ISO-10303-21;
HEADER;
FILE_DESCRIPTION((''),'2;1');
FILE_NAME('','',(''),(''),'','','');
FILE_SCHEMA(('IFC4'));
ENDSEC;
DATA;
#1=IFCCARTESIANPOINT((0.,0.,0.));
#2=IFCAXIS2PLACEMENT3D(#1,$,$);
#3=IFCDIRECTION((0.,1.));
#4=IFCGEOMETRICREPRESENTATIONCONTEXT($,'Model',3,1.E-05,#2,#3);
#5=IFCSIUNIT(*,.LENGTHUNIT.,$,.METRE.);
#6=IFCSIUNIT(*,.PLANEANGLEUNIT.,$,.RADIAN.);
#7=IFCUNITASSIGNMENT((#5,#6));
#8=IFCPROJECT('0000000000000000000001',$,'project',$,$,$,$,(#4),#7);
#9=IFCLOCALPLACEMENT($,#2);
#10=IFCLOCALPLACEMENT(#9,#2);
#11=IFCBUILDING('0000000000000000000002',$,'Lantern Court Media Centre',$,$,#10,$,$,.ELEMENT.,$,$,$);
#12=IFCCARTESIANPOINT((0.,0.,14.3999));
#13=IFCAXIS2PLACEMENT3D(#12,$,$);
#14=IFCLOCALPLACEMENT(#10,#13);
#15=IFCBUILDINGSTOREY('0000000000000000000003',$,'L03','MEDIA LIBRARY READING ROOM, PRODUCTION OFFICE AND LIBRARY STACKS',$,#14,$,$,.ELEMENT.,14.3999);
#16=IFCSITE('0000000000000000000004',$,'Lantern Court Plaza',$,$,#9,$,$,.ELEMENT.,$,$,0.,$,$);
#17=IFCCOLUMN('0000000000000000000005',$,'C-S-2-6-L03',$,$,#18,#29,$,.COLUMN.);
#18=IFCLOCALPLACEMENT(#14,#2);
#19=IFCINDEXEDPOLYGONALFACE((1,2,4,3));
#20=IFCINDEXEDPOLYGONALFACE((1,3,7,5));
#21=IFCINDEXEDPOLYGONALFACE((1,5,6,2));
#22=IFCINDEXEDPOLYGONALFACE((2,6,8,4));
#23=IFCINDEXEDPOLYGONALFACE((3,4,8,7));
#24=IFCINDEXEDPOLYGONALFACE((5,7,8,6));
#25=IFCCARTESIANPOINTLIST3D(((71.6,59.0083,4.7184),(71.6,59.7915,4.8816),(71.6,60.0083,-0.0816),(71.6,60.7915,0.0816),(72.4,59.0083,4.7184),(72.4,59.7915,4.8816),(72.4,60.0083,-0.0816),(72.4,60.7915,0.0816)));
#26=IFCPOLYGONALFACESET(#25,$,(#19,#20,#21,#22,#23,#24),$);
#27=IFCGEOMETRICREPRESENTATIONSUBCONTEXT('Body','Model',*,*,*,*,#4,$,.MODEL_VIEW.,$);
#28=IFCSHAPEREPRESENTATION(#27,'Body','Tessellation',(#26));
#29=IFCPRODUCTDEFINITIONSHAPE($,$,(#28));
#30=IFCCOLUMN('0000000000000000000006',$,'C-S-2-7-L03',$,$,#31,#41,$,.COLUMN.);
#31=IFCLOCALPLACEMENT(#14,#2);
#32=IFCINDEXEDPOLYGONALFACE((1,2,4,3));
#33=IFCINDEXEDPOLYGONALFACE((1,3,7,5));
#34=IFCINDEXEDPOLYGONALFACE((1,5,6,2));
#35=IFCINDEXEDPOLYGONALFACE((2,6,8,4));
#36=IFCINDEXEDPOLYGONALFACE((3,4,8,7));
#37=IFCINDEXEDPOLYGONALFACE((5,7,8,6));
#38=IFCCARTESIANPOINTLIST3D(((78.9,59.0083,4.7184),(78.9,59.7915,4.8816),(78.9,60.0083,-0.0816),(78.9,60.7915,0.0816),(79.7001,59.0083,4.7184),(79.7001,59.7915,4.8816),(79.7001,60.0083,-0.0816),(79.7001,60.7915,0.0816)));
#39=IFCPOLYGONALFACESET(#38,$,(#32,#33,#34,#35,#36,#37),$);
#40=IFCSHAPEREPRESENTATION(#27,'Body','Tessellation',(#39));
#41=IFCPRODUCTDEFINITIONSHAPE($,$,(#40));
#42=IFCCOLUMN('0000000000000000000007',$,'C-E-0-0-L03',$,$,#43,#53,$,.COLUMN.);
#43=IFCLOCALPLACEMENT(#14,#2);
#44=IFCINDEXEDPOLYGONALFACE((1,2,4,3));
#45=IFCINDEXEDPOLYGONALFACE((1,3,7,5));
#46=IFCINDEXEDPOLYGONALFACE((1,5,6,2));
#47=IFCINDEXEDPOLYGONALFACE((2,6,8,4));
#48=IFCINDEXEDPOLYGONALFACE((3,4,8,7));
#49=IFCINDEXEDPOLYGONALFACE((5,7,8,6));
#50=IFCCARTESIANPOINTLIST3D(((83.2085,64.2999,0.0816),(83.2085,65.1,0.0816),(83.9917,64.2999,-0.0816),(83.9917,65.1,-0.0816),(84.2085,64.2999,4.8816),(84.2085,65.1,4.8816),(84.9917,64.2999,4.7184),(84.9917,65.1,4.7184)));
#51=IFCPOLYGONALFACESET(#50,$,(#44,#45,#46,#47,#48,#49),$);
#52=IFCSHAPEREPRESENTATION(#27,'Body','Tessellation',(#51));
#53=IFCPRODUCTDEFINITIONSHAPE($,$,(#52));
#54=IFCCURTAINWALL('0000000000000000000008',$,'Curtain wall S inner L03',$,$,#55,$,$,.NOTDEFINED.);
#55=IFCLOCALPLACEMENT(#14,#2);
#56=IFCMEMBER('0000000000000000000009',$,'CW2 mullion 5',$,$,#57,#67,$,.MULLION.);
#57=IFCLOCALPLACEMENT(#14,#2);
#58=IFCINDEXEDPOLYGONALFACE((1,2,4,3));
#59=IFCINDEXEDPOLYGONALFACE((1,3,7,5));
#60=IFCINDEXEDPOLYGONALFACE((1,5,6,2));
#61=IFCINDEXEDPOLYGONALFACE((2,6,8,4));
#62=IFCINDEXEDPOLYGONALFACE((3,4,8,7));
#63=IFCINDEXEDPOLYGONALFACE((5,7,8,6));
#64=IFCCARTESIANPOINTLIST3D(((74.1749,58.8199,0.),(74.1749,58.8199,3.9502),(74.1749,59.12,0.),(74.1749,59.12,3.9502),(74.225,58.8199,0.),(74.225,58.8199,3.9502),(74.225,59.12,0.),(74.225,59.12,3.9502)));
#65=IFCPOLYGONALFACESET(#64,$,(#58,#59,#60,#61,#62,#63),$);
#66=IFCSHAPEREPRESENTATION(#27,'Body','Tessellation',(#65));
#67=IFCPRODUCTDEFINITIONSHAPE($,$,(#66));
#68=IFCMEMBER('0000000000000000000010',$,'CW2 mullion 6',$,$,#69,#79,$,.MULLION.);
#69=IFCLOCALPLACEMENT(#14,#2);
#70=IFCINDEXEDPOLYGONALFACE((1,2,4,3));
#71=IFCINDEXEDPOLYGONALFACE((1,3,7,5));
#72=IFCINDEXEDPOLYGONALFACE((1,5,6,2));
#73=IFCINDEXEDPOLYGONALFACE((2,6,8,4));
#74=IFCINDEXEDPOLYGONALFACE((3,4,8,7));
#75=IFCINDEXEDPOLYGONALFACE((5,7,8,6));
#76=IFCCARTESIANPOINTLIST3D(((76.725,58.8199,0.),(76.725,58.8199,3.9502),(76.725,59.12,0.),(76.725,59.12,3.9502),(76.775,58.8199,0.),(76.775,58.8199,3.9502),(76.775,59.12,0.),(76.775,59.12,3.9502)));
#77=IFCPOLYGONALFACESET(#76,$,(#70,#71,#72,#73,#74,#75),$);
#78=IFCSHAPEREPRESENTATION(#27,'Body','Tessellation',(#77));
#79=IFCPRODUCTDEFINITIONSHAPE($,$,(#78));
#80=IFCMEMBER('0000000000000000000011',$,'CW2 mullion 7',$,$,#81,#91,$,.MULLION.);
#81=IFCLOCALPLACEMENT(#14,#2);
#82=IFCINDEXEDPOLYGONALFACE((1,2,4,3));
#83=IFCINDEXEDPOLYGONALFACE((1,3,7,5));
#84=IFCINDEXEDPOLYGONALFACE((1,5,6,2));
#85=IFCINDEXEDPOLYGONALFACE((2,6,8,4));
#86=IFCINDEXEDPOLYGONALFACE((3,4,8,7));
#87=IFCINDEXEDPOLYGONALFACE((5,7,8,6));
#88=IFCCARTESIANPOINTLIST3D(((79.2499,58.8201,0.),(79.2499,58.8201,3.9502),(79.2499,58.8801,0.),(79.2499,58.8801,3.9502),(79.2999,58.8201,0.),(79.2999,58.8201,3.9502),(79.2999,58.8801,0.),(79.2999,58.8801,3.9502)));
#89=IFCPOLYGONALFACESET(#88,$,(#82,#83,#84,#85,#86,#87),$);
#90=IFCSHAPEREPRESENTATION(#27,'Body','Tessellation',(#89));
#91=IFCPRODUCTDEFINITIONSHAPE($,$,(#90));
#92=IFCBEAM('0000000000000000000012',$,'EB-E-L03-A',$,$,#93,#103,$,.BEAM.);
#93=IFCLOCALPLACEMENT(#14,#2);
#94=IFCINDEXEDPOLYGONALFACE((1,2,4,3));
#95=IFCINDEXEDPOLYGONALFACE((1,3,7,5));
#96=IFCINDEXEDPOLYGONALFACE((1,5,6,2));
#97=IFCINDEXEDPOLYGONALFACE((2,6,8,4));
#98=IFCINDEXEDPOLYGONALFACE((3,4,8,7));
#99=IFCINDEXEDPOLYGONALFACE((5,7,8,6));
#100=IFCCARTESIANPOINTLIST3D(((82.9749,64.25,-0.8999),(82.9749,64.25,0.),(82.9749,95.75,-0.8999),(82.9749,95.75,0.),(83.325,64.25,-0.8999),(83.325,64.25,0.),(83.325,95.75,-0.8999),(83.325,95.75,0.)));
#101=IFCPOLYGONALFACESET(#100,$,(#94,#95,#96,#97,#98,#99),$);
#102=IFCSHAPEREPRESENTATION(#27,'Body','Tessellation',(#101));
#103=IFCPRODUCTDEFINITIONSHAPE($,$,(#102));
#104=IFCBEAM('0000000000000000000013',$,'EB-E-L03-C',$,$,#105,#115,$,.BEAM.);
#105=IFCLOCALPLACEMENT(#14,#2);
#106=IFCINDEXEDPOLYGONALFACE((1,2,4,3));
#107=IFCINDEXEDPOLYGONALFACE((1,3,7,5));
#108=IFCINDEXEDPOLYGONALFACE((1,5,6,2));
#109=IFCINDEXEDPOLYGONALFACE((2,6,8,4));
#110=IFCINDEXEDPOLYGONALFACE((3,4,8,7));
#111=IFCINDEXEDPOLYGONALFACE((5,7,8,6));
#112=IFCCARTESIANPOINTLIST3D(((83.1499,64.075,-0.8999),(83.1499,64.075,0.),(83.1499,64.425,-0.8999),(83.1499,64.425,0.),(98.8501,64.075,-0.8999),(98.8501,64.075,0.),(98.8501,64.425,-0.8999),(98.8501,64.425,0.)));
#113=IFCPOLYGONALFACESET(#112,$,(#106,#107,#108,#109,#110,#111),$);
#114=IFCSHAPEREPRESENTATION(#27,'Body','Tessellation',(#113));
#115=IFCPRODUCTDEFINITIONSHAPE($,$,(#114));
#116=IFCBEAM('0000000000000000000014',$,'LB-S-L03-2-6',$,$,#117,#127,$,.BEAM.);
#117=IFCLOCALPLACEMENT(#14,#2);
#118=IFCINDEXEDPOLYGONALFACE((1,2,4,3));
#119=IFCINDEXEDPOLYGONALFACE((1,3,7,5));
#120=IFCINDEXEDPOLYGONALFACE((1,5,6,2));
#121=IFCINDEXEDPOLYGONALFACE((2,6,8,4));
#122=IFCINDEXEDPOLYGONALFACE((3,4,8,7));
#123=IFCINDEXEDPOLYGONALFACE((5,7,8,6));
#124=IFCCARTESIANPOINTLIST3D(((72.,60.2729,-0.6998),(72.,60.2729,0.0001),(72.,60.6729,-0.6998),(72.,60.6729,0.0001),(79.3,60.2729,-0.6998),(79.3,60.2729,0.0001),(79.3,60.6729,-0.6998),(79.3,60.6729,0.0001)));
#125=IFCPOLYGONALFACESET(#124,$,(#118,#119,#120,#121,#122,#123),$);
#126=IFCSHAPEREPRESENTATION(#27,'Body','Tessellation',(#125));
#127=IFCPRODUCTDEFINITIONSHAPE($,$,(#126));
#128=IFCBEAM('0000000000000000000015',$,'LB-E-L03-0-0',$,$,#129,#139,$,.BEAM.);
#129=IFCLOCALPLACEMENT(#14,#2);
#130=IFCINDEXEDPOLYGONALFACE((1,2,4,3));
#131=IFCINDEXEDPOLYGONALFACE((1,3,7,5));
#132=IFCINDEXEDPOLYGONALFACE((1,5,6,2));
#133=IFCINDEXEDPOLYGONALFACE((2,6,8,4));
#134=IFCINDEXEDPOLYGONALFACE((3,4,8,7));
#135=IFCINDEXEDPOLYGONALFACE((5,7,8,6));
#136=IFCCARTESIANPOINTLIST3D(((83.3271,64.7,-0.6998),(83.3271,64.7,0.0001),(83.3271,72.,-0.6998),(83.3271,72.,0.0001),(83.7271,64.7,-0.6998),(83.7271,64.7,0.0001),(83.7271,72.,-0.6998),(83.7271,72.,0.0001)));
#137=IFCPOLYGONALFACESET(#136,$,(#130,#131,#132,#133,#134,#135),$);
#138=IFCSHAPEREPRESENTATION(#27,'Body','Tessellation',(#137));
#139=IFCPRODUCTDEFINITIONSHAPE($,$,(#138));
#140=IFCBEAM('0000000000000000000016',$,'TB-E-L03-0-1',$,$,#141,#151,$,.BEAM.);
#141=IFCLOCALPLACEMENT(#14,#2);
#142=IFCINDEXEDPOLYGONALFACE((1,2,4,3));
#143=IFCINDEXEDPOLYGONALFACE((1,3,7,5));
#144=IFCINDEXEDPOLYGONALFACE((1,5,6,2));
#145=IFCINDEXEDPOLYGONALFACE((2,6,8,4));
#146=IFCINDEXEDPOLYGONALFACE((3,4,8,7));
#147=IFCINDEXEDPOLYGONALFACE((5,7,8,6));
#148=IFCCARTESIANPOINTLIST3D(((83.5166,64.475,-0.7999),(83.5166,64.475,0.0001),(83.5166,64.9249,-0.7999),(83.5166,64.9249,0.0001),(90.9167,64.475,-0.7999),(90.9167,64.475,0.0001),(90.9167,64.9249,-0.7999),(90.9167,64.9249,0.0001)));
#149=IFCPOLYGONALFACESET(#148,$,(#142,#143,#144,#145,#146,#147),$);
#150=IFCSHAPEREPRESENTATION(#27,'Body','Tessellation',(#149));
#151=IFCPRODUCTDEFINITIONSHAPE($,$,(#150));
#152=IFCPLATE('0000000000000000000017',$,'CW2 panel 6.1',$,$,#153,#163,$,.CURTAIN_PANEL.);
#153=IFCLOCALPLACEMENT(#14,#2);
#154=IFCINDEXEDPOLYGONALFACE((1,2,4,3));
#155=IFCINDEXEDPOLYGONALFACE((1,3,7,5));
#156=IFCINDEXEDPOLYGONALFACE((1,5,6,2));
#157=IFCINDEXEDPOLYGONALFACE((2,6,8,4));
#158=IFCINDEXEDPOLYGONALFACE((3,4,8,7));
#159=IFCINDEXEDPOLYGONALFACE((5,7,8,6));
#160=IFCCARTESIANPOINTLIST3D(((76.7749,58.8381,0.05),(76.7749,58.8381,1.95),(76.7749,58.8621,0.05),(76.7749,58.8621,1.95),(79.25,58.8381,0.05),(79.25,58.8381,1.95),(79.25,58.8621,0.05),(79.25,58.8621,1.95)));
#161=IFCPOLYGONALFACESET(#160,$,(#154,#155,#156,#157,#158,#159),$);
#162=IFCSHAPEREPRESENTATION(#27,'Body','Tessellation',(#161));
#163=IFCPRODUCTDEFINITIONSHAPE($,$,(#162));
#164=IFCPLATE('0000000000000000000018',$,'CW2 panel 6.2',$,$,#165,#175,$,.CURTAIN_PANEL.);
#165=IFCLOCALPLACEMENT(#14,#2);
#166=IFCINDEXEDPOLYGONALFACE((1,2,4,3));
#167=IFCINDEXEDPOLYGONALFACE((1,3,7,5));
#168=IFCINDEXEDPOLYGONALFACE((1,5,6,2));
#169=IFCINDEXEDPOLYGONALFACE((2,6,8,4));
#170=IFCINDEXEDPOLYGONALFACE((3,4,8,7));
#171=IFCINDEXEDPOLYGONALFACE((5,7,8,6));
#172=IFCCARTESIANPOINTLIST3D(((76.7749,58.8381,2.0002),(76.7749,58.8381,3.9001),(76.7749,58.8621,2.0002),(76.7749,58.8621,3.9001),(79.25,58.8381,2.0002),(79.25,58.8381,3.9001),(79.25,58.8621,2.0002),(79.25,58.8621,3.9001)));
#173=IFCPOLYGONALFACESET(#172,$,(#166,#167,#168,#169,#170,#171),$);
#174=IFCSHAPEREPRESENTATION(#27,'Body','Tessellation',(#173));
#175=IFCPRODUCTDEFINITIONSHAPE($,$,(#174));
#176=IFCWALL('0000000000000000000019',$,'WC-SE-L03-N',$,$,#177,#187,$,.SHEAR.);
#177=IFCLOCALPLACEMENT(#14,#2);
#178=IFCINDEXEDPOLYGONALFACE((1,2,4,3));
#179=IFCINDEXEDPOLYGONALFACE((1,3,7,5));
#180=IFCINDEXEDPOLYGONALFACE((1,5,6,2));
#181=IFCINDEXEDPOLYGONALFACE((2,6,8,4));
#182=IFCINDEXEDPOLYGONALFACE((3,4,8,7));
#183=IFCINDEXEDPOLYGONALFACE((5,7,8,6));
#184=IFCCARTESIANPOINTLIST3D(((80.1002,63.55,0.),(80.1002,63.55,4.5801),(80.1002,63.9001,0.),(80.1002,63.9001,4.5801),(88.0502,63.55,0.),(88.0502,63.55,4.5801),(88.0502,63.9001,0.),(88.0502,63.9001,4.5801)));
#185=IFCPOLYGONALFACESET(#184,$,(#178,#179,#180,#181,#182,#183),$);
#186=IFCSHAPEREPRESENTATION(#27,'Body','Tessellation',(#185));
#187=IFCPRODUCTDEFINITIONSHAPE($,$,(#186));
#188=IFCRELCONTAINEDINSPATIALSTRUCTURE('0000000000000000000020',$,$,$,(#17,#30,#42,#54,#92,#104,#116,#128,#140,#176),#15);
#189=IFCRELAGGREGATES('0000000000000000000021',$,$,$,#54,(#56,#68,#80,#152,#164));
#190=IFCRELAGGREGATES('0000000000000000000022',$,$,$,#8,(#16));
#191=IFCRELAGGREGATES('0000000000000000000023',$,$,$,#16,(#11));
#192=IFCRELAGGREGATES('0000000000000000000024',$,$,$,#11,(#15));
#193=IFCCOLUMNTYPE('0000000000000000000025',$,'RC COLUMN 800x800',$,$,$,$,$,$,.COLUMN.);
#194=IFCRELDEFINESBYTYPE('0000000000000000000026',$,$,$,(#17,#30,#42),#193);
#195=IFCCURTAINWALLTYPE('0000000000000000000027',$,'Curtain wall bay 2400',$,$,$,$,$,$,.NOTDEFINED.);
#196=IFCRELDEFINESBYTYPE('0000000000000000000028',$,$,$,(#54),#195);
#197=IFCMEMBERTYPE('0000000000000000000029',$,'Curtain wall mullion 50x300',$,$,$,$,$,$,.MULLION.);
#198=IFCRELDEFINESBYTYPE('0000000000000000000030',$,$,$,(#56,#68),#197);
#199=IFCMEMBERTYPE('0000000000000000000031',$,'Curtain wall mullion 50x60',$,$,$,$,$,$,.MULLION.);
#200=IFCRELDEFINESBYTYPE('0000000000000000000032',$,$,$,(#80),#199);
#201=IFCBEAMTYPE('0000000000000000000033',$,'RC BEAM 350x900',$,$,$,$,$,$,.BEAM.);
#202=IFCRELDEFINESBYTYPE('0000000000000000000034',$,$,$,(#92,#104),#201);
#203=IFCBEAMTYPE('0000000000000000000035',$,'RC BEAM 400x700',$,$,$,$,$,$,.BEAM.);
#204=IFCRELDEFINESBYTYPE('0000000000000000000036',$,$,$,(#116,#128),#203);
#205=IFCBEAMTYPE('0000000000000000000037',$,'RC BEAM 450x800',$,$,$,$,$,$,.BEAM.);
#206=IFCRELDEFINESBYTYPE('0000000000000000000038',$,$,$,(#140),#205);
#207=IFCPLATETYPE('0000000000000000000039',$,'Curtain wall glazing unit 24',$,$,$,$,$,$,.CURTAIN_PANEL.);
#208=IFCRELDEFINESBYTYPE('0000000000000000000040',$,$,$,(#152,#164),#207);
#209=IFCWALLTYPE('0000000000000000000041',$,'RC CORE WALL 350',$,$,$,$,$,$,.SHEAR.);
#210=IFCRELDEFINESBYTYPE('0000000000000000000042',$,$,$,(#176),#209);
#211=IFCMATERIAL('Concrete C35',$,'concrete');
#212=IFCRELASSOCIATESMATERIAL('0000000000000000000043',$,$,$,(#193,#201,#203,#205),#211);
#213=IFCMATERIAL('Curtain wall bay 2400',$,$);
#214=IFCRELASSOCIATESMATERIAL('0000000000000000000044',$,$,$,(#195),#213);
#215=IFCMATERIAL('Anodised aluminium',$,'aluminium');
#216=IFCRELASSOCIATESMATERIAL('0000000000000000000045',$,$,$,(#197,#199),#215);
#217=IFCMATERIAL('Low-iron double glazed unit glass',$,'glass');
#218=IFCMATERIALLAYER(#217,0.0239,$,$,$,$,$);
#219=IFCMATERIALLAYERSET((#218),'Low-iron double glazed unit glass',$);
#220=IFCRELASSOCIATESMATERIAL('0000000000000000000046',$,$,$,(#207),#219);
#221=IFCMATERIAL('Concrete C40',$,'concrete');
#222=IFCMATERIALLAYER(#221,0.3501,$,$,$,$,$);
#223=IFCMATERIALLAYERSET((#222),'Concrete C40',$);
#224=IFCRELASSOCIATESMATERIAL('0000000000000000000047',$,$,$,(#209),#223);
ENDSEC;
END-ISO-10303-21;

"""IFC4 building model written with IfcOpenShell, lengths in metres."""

from ifc_helpers import new_model, si_unit, direction, frame, frame_2d, origin, origin_2d, place, context, subcontext, project, spatial, rectangle, extrude, material, layer, layer_set, material_profile, profile_set, type_object, element, aggregate, save


model = new_model("IFC4")

# Units and contexts
model_context = context("Model", 3, precision=1e-05, world=origin(), true_north=direction((0.0, 1.0)))
body_context = subcontext(model_context, "Body", "Model", "MODEL_VIEW")
ifc_project = project(units=[si_unit("LENGTHUNIT", "METRE"), si_unit("PLANEANGLEUNIT", "RADIAN")], contexts=[model_context])

# Site, building, storey
site_placement = place(None, origin())
site = spatial("IfcSite", under=ifc_project, at=site_placement, Name="Lantern Court Plaza", CompositionType="ELEMENT", RefElevation=0.0)
building_placement = place(site_placement, origin())
building = spatial("IfcBuilding", under=site, at=building_placement, Name="Lantern Court Media Centre", CompositionType="ELEMENT")
storey_placement = place(building_placement, frame((0.0, 0.0, 14.3999)))
storey = spatial("IfcBuildingStorey", under=building, at=storey_placement, Name="L03", Description="MEDIA LIBRARY READING ROOM, PRODUCTION OFFICE AND LIBRARY STACKS", CompositionType="ELEMENT", Elevation=14.3999)

# Columns
ifc_material_1 = material(Name="Concrete C35", Category="concrete")
ifc_material_profile_1 = material_profile(ifc_material_1, rectangle(XDim=0.8, YDim=0.8, at=origin_2d()), Name="RC 800x800")
ifc_profile_set_1 = profile_set([ifc_material_profile_1], Name="Concrete C35")
column_type = type_object("IfcColumnType", Name="RC COLUMN 800x800", PredefinedType="COLUMN", material=ifc_profile_set_1)
for number, where, z_axis, x_axis, name in (
    (1, (72.0, 60.3999, 0.0), (0.0, -0.203952, 0.978981), (1.0, 0.0, 0.0), "C-S-2-6-L03"),
    (2, (79.3, 60.3999, 0.0), (0.0, -0.203952, 0.978981), (1.0, 0.0, 0.0), "C-S-2-7-L03"),
    (3, (83.6001, 64.7, 0.0), (0.203952, 0.0, 0.978981), (0.0, 1.0, 0.0), "C-E-0-0-L03"),
):
    element("IfcColumn", number, at=place(storey_placement, frame(where, z_axis=z_axis, x_axis=x_axis)), inside=storey, type_object=column_type, Name=name, PredefinedType="COLUMN", context=body_context, shape_type="SweptSolid", body=[
        extrude(rectangle(XDim=0.8, YDim=0.8, at=origin_2d()), origin(), (0.0, 0.0, 1.0), 4.9031),
    ])

# Curtain wall, members
ifc_material_2 = material(Name="Curtain wall bay 2400")
curtain_wall_type = type_object("IfcCurtainWallType", Name="Curtain wall bay 2400", PredefinedType="NOTDEFINED", material=ifc_material_2)
curtain_wall_placement = place(storey_placement, origin())
curtain_wall = element("IfcCurtainWall", 4, at=curtain_wall_placement, inside=storey, type_object=curtain_wall_type, Name="Curtain wall S inner L03", PredefinedType="NOTDEFINED")
ifc_material_3 = material(Name="Anodised aluminium", Category="aluminium")
ifc_material_profile_2 = material_profile(ifc_material_3, rectangle(XDim=0.3, YDim=0.05, at=origin_2d()), Name="AL 50x300")
ifc_profile_set_2 = profile_set([ifc_material_profile_2], Name="Anodised aluminium")
member_type_1 = type_object("IfcMemberType", Name="Curtain wall mullion 50x300", PredefinedType="MULLION", material=ifc_profile_set_2)
member_1_placement = place(storey_placement, frame((74.2, 58.97, 0.0), z_axis=(0.0, 0.0, 1.0), x_axis=(0.0, 1.0, 0.0)))
member_1 = element("IfcMember", 5, at=member_1_placement, type_object=member_type_1, Name="CW2 mullion 5", PredefinedType="MULLION", context=body_context, shape_type="SweptSolid", body=[
    extrude(rectangle(XDim=0.3, YDim=0.05, at=origin_2d()), origin(), (0.0, 0.0, 1.0), 3.9502),
])
member_2_placement = place(storey_placement, frame((76.75, 58.97, 0.0), z_axis=(0.0, 0.0, 1.0), x_axis=(0.0, 1.0, 0.0)))
member_2 = element("IfcMember", 6, at=member_2_placement, type_object=member_type_1, Name="CW2 mullion 6", PredefinedType="MULLION", context=body_context, shape_type="SweptSolid", body=[
    extrude(rectangle(XDim=0.3, YDim=0.05, at=origin_2d()), origin(), (0.0, 0.0, 1.0), 3.9502),
])
ifc_material_profile_3 = material_profile(ifc_material_3, rectangle(XDim=0.0601, YDim=0.05, at=origin_2d()), Name="AL 50x60")
ifc_profile_set_3 = profile_set([ifc_material_profile_3], Name="Anodised aluminium")
member_type_2 = type_object("IfcMemberType", Name="Curtain wall mullion 50x60", PredefinedType="MULLION", material=ifc_profile_set_3)
member_3_placement = place(storey_placement, frame((79.2749, 58.8501, 0.0), z_axis=(0.0, 0.0, 1.0), x_axis=(0.0, 1.0, 0.0)))
member_3 = element("IfcMember", 7, at=member_3_placement, type_object=member_type_2, Name="CW2 mullion 7", PredefinedType="MULLION", context=body_context, shape_type="SweptSolid", body=[
    extrude(rectangle(XDim=0.0601, YDim=0.05, at=origin_2d()), origin(), (0.0, 0.0, 1.0), 3.9502),
])

# Beams
ifc_material_profile_4 = material_profile(ifc_material_1, rectangle(XDim=0.3501, YDim=0.8999, at=origin_2d()), Name="RC 350x900")
ifc_profile_set_4 = profile_set([ifc_material_profile_4], Name="Concrete C35")
beam_type_1 = type_object("IfcBeamType", Name="RC BEAM 350x900", PredefinedType="BEAM", material=ifc_profile_set_4)
beam_1_placement = place(storey_placement, frame((83.1499, 64.25, -0.45), z_axis=(0.0, 1.0, 0.0), x_axis=(-1.0, 0.0, 0.0)))
element("IfcBeam", 8, at=beam_1_placement, inside=storey, type_object=beam_type_1, Name="EB-E-L03-A", PredefinedType="BEAM", context=body_context, shape_type="SweptSolid", body=[
    extrude(rectangle(XDim=0.3501, YDim=0.8999, at=origin_2d()), origin(), (0.0, 0.0, 1.0), 31.5),
])
beam_2_placement = place(storey_placement, frame((83.1499, 64.25, -0.45), z_axis=(1.0, 0.0, 0.0), x_axis=(0.0, 1.0, 0.0)))
element("IfcBeam", 9, at=beam_2_placement, inside=storey, type_object=beam_type_1, Name="EB-E-L03-C", PredefinedType="BEAM", context=body_context, shape_type="SweptSolid", body=[
    extrude(rectangle(XDim=0.3501, YDim=0.8999, at=origin_2d()), origin(), (0.0, 0.0, 1.0), 15.7002),
])
ifc_material_profile_5 = material_profile(ifc_material_1, rectangle(XDim=0.3999, YDim=0.7, at=origin_2d()), Name="RC 400x700")
ifc_profile_set_5 = profile_set([ifc_material_profile_5], Name="Concrete C35")
beam_type_2 = type_object("IfcBeamType", Name="RC BEAM 400x700", PredefinedType="BEAM", material=ifc_profile_set_5)
for number, where, z_axis, x_axis, name in (
    (10, (72.0, 60.4729, -0.3499), (1.0, 0.0, 0.0), (0.0, 1.0, 0.0), "LB-S-L03-2-6"),
    (11, (83.5271, 64.7, -0.3499), (0.0, 1.0, 0.0), (-1.0, 0.0, 0.0), "LB-E-L03-0-0"),
):
    element("IfcBeam", number, at=place(storey_placement, frame(where, z_axis=z_axis, x_axis=x_axis)), inside=storey, type_object=beam_type_2, Name=name, PredefinedType="BEAM", context=body_context, shape_type="SweptSolid", body=[
        extrude(rectangle(XDim=0.3999, YDim=0.7, at=origin_2d()), origin(), (0.0, 0.0, 1.0), 7.3),
    ])
ifc_material_profile_6 = material_profile(ifc_material_1, rectangle(XDim=0.45, YDim=0.8, at=origin_2d()), Name="RC 450x800")
ifc_profile_set_6 = profile_set([ifc_material_profile_6], Name="Concrete C35")
beam_type_3 = type_object("IfcBeamType", Name="RC BEAM 450x800", PredefinedType="BEAM", material=ifc_profile_set_6)
beam_3_placement = place(storey_placement, frame((83.5166, 64.7, -0.3999), z_axis=(1.0, 0.0, 0.0), x_axis=(0.0, 1.0, 0.0)))
element("IfcBeam", 12, at=beam_3_placement, inside=storey, type_object=beam_type_3, Name="TB-E-L03-0-1", PredefinedType="BEAM", context=body_context, shape_type="SweptSolid", body=[
    extrude(rectangle(XDim=0.45, YDim=0.8, at=origin_2d()), origin(), (0.0, 0.0, 1.0), 7.4001),
])

# Plates
ifc_material_4 = material(Name="Low-iron double glazed unit glass", Category="glass")
ifc_layer_1 = layer(ifc_material_4, 0.0239)
ifc_layer_set_1 = layer_set([ifc_layer_1], Name="Low-iron double glazed unit glass")
plate_type = type_object("IfcPlateType", Name="Curtain wall glazing unit 24", PredefinedType="CURTAIN_PANEL", material=ifc_layer_set_1)
plate_1_placement = place(storey_placement, frame((78.0125, 58.8501, 0.05), z_axis=(0.0, 0.0, 1.0), x_axis=(1.0, 0.0, 0.0)))
plate_1 = element("IfcPlate", 13, at=plate_1_placement, type_object=plate_type, Name="CW2 panel 6.1", PredefinedType="CURTAIN_PANEL", context=body_context, shape_type="SweptSolid", body=[
    extrude(rectangle(XDim=2.4751, YDim=0.0239, at=origin_2d()), origin(), (0.0, 0.0, 1.0), 1.8999),
])
plate_2_placement = place(storey_placement, frame((78.0125, 58.8501, 2.0002), z_axis=(0.0, 0.0, 1.0), x_axis=(1.0, 0.0, 0.0)))
plate_2 = element("IfcPlate", 14, at=plate_2_placement, type_object=plate_type, Name="CW2 panel 6.2", PredefinedType="CURTAIN_PANEL", context=body_context, shape_type="SweptSolid", body=[
    extrude(rectangle(XDim=2.4751, YDim=0.0239, at=origin_2d()), origin(), (0.0, 0.0, 1.0), 1.8999),
])
aggregate(curtain_wall, [member_1, member_2, member_3, plate_1, plate_2])

# Wall
ifc_material_5 = material(Name="Concrete C40", Category="concrete")
ifc_layer_2 = layer(ifc_material_5, 0.3501)
ifc_layer_set_2 = layer_set([ifc_layer_2], Name="Concrete C40")
wall_type_1 = type_object("IfcWallType", Name="RC CORE WALL 350", PredefinedType="SHEAR", material=ifc_layer_set_2)
wall_1_placement = place(storey_placement, frame((80.1001, 63.7251, 0.0), z_axis=(0.0, 0.0, 1.0), x_axis=(1.0, 0.0, 0.0)))
element("IfcWall", 15, at=wall_1_placement, inside=storey, type_object=wall_type_1, Name="WC-SE-L03-N", PredefinedType="SHEAR", context=body_context, shape_type="SweptSolid", body=[
    extrude(rectangle(XDim=7.95, YDim=0.3501, at=frame_2d((3.9751, 0.0))), origin(), (0.0, 0.0, 1.0), 4.5801),
])

save(model, "model.ifc")
